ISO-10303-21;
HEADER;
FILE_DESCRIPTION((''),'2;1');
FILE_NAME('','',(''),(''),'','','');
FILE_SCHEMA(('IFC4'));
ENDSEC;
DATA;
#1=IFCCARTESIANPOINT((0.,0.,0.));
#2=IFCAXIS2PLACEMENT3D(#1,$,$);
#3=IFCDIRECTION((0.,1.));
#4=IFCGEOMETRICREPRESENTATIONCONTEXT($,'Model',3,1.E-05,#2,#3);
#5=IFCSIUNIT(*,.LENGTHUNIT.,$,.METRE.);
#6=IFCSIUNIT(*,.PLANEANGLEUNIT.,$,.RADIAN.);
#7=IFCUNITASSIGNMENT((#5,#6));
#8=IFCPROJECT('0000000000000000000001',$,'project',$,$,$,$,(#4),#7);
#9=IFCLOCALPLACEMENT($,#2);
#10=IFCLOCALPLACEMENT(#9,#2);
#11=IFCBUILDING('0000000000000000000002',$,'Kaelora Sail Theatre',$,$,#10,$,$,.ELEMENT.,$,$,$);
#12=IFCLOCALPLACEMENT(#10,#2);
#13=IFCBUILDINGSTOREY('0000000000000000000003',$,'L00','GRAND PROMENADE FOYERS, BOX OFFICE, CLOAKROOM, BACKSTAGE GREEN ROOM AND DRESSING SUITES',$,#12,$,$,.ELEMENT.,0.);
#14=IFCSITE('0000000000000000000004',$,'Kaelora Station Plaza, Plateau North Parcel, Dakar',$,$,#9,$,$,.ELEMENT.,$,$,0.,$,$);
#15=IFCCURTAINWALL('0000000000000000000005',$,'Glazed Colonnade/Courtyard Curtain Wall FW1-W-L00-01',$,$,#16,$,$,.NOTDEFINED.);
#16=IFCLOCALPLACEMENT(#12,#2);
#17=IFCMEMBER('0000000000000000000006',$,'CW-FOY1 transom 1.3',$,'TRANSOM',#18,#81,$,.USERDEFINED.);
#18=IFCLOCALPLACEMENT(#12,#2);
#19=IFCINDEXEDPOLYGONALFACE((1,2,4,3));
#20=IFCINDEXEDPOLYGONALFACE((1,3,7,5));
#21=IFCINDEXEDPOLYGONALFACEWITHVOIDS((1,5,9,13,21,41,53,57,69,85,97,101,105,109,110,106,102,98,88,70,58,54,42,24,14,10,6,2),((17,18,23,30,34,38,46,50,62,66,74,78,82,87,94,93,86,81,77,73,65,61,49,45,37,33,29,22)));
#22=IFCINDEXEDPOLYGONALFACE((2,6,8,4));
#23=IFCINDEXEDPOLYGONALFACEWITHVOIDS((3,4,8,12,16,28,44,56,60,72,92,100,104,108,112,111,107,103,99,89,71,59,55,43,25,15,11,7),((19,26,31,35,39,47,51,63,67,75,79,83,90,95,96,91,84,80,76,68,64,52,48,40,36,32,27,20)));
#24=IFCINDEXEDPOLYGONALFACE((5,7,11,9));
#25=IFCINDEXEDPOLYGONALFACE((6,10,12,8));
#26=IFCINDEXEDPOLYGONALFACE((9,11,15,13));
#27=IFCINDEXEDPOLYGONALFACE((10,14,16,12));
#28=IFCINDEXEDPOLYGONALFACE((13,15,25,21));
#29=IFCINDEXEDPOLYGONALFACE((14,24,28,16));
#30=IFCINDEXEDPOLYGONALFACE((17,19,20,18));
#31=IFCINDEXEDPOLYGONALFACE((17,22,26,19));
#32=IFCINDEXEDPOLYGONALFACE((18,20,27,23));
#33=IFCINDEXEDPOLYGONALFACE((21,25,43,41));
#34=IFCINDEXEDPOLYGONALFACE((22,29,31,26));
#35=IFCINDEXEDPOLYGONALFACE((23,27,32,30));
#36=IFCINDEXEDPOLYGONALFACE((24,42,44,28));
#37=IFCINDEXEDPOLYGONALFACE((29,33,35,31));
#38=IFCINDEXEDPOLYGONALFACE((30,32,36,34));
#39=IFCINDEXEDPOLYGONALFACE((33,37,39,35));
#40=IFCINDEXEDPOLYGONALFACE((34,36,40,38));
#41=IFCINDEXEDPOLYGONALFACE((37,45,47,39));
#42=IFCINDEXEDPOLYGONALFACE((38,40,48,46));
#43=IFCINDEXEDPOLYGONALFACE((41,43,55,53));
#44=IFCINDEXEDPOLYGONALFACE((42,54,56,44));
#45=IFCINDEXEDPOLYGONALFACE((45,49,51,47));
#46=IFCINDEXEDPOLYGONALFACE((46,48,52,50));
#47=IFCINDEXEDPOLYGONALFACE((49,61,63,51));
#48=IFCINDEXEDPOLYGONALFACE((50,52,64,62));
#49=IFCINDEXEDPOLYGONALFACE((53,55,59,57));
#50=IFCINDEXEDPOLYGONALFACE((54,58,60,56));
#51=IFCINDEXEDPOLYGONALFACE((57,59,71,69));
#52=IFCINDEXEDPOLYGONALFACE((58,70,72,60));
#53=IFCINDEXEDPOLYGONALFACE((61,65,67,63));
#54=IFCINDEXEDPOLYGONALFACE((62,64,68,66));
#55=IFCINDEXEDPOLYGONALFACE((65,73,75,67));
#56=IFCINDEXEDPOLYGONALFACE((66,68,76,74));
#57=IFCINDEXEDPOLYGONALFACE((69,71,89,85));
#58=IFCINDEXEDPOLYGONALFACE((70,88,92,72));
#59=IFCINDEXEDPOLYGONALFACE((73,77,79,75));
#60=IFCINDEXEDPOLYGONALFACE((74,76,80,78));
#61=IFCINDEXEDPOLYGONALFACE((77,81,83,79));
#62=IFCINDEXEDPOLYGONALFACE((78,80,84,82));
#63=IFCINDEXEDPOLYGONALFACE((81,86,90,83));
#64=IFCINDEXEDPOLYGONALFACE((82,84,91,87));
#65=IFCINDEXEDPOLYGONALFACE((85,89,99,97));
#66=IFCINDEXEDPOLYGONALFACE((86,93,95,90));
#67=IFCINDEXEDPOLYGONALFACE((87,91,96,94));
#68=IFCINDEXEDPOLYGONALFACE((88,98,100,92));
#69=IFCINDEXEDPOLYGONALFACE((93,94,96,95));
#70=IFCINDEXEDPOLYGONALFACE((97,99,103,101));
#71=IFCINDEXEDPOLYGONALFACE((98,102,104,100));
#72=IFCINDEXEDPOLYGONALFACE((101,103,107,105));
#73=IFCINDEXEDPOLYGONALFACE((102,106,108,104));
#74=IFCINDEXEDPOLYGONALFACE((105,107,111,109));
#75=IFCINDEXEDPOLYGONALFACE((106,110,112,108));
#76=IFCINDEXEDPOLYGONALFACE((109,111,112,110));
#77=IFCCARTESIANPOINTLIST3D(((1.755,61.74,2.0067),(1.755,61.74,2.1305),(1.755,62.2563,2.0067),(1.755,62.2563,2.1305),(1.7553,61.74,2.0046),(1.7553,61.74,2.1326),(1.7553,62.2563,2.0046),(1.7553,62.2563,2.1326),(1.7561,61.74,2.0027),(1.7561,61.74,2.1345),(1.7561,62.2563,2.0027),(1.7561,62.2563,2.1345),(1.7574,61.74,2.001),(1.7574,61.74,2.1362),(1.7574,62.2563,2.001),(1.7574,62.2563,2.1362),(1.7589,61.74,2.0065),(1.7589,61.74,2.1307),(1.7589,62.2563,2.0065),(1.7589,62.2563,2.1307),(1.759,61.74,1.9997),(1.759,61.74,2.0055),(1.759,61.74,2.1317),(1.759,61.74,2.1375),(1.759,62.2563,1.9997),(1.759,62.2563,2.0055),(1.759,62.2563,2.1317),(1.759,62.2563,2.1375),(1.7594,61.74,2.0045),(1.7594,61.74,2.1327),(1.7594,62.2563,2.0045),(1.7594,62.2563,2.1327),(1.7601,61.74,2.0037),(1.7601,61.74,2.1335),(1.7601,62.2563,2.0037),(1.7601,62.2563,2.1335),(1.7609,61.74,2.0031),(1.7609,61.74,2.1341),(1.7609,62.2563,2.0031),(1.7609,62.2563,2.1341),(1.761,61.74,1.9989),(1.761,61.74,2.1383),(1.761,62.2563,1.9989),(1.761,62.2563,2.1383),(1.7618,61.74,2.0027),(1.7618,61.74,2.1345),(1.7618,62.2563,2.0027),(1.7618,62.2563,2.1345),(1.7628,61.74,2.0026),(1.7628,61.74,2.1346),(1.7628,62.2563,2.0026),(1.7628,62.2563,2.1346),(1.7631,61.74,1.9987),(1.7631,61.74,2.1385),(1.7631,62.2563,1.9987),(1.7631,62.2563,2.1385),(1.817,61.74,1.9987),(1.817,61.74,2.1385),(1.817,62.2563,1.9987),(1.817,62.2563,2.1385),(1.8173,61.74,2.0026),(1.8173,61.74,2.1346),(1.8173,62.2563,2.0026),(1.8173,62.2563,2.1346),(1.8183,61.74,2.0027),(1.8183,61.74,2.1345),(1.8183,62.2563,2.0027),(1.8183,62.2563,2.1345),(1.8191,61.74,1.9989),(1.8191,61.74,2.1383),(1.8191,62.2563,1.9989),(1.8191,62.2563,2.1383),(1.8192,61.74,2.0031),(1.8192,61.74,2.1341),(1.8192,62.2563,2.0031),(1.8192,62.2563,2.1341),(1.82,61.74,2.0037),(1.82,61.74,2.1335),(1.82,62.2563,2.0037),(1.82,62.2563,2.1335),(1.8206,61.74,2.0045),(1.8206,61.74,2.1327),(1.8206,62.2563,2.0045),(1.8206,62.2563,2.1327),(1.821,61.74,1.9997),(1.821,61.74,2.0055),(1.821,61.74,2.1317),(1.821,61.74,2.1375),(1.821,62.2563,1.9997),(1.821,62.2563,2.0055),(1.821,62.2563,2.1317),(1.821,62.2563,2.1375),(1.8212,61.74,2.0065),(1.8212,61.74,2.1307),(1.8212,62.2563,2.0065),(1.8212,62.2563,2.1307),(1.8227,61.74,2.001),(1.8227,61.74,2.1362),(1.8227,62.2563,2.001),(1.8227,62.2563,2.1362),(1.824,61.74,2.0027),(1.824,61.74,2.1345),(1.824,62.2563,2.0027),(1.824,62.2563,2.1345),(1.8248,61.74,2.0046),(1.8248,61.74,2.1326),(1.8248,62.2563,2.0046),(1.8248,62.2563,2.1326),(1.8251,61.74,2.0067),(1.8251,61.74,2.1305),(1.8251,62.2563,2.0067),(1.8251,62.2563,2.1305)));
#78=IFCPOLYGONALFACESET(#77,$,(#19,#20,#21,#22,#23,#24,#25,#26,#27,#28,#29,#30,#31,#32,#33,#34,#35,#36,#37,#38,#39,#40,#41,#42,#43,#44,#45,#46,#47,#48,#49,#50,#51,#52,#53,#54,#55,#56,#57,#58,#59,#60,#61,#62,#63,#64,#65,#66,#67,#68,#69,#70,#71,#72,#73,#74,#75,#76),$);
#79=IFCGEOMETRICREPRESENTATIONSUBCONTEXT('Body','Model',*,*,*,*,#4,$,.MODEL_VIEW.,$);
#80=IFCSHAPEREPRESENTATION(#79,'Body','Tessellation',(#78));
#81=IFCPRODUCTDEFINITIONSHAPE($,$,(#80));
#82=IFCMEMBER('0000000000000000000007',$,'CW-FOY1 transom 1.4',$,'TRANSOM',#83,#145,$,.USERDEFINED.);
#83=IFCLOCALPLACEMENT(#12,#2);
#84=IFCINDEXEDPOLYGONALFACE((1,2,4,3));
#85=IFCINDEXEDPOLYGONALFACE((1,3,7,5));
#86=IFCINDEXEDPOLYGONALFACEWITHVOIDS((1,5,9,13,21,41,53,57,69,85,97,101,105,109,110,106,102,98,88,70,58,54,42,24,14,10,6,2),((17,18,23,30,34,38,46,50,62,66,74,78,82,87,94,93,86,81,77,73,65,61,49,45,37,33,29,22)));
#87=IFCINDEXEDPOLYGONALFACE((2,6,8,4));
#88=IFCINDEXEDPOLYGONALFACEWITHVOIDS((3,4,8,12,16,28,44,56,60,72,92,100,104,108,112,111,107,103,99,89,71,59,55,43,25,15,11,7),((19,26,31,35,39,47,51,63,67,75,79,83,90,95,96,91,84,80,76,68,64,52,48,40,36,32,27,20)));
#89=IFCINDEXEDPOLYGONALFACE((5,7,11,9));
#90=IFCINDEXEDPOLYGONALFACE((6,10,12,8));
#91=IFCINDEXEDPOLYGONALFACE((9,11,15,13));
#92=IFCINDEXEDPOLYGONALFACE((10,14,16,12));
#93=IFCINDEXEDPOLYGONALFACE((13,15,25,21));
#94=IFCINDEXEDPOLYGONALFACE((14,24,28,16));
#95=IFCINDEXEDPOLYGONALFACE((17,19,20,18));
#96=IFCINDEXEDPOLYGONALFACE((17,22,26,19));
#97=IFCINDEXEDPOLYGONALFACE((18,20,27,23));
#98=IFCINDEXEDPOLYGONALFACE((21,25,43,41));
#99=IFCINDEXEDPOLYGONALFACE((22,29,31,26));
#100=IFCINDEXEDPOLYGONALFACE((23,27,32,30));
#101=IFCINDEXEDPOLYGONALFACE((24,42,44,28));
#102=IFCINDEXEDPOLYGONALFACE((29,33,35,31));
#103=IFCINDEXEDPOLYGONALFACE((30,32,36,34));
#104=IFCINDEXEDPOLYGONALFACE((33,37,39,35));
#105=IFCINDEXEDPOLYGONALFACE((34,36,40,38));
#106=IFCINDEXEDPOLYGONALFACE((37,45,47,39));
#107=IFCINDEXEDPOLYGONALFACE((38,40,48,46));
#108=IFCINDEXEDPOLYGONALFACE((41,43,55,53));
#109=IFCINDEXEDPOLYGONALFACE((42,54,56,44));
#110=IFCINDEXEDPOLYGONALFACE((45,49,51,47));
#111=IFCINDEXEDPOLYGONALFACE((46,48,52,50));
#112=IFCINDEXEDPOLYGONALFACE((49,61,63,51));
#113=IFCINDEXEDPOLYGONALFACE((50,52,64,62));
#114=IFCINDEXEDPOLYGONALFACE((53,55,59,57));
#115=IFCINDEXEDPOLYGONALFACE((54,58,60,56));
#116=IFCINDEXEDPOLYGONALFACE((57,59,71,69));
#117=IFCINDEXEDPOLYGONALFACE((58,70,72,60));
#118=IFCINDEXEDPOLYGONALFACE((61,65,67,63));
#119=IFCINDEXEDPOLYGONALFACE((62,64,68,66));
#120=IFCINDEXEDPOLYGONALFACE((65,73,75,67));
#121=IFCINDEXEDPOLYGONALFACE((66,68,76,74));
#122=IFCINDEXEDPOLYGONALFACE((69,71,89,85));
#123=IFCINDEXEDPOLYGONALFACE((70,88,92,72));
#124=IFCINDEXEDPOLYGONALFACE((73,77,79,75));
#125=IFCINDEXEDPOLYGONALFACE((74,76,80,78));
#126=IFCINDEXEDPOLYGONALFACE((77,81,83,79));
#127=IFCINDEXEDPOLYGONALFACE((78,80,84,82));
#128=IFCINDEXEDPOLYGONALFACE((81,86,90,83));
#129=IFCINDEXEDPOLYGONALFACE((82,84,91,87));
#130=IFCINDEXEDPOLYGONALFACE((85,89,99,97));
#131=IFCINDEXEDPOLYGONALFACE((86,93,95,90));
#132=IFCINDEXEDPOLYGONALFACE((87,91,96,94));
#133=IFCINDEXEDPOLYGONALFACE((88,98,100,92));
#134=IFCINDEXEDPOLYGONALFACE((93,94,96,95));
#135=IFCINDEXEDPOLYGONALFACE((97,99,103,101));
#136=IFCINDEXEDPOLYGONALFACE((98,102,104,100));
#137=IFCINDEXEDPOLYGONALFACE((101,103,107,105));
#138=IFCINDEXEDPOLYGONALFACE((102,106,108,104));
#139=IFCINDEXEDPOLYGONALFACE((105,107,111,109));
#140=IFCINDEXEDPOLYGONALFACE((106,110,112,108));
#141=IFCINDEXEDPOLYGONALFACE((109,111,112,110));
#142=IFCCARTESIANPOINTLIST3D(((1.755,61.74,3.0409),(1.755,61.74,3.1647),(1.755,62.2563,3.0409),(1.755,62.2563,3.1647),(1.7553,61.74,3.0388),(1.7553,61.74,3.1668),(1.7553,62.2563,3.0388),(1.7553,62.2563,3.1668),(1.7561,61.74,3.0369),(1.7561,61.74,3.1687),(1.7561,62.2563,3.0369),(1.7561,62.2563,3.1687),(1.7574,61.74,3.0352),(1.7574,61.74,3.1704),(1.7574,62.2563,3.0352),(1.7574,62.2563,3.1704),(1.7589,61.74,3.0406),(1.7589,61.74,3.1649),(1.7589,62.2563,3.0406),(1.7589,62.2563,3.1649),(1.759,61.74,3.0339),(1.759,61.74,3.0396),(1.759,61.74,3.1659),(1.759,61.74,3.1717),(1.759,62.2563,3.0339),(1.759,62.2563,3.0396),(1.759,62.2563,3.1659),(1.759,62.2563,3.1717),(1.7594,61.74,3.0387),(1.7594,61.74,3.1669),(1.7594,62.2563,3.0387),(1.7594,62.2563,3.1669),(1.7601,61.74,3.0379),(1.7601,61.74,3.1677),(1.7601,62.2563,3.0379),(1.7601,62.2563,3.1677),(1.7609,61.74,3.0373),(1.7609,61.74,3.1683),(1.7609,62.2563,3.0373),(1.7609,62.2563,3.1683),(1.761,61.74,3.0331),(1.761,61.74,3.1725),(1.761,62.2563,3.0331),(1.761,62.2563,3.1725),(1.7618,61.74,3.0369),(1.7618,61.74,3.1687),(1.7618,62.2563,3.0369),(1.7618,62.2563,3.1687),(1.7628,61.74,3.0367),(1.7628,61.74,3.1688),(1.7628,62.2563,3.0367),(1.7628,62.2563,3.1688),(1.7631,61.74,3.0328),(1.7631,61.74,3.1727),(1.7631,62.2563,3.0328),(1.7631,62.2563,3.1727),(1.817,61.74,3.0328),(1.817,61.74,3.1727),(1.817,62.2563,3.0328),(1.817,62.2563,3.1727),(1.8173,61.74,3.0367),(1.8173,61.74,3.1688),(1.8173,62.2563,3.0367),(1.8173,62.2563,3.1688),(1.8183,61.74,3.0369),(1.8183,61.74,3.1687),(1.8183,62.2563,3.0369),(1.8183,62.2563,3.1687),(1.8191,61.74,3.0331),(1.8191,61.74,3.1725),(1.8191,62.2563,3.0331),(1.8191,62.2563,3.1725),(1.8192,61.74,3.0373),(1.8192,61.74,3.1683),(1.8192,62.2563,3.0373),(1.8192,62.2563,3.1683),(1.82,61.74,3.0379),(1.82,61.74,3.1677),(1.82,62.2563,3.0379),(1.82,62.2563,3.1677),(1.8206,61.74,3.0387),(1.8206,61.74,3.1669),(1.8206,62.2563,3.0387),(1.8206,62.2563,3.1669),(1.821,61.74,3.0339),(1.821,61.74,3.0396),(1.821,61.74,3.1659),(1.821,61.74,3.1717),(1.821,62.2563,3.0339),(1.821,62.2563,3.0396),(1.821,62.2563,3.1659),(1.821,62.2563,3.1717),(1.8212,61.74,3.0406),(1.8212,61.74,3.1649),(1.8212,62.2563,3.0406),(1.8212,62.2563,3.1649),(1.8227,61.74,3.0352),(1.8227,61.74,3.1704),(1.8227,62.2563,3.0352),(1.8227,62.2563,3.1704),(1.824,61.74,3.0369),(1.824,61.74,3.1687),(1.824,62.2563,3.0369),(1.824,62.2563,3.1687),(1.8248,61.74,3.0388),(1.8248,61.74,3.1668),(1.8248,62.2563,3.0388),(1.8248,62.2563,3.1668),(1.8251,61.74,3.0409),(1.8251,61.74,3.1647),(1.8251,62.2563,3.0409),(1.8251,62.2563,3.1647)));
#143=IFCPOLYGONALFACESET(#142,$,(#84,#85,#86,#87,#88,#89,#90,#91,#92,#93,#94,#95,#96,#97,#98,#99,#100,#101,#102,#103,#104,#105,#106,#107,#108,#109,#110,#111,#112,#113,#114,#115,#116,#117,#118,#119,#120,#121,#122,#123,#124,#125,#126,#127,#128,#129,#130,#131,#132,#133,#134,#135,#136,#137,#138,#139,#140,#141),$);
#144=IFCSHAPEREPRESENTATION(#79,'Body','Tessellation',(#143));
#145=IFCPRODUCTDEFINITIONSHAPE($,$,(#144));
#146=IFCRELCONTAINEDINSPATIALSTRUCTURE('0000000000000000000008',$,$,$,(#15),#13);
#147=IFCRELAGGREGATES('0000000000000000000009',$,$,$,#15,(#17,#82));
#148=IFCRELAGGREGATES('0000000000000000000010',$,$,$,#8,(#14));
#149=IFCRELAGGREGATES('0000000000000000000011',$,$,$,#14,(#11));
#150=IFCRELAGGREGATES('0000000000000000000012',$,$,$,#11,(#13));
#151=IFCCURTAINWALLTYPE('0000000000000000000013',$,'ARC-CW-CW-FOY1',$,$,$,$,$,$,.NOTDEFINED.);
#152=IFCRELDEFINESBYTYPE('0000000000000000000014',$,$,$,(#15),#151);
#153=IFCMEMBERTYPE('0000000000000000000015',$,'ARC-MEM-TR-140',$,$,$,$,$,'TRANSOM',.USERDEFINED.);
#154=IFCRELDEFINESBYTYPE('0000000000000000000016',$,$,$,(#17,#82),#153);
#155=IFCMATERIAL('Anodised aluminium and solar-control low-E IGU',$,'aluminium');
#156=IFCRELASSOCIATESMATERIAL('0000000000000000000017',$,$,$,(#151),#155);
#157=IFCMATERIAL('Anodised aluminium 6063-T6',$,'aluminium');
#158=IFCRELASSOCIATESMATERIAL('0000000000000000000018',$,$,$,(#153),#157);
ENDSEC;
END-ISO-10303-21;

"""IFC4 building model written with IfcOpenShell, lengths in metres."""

from ifc_helpers import new_model, si_unit, direction, frame, origin, origin_2d, place, context, subcontext, project, spatial, hollow_rectangle, extrude, material, material_profile, profile_set, type_object, element, aggregate, save


model = new_model("IFC4")

# Units and contexts
model_context = context("Model", 3, precision=1e-05, world=origin(), true_north=direction((0.0, 1.0)))
body_context = subcontext(model_context, "Body", "Model", "MODEL_VIEW")
ifc_project = project(units=[si_unit("LENGTHUNIT", "METRE"), si_unit("PLANEANGLEUNIT", "RADIAN")], contexts=[model_context])

# Site, building, storey
site_placement = place(None, origin())
site = spatial("IfcSite", under=ifc_project, at=site_placement, Name="Kaelora Station Plaza, Plateau North Parcel, Dakar", CompositionType="ELEMENT", RefElevation=0.0)
building_placement = place(site_placement, origin())
building = spatial("IfcBuilding", under=site, at=building_placement, Name="Kaelora Sail Theatre", CompositionType="ELEMENT")
storey_placement = place(building_placement, origin())
storey = spatial("IfcBuildingStorey", under=building, at=storey_placement, Name="L00", Description="GRAND PROMENADE FOYERS, BOX OFFICE, CLOAKROOM, BACKSTAGE GREEN ROOM AND DRESSING SUITES", CompositionType="ELEMENT", Elevation=0.0)

# Curtain wall, members
ifc_material_1 = material(Name="Anodised aluminium and solar-control low-E IGU", Category="aluminium")
curtain_wall_type = type_object("IfcCurtainWallType", Name="ARC-CW-CW-FOY1", PredefinedType="NOTDEFINED", material=ifc_material_1)
curtain_wall_1_placement = place(storey_placement, origin())
curtain_wall_1 = element("IfcCurtainWall", 1, at=curtain_wall_1_placement, inside=storey, type_object=curtain_wall_type, Name="Glazed Colonnade/Courtyard Curtain Wall FW1-W-L00-01", PredefinedType="NOTDEFINED")
ifc_material_2 = material(Name="Anodised aluminium 6063-T6", Category="aluminium")
ifc_material_profile = material_profile(ifc_material_2, hollow_rectangle(XDim=0.0701, YDim=0.1399, WallThickness=0.0039, InnerFilletRadius=0.0039, OuterFilletRadius=0.0081, at=origin_2d()), Name="ALU-TRAN 70x140x4")
ifc_profile_set = profile_set([ifc_material_profile], Name="Anodised aluminium 6063-T6")
member_type = type_object("IfcMemberType", Name="ARC-MEM-TR-140", ElementType="TRANSOM", PredefinedType="USERDEFINED", material=ifc_profile_set)
member_1_placement = place(storey_placement, frame((1.79, 61.74, 2.0686), z_axis=(0.0, 1.0, 0.0), x_axis=(-1.0, 0.0, 0.0)))
member_1 = element("IfcMember", 2, at=member_1_placement, type_object=member_type, Name="CW-FOY1 transom 1.3", ObjectType="TRANSOM", PredefinedType="USERDEFINED", context=body_context, shape_type="SweptSolid", body=[
    extrude(hollow_rectangle(XDim=0.0701, YDim=0.1399, WallThickness=0.0039, InnerFilletRadius=0.0039, OuterFilletRadius=0.0081, at=origin_2d()), origin(), (0.0, 0.0, 1.0), 0.5164),
])
member_2_placement = place(storey_placement, frame((1.79, 61.74, 3.1028), z_axis=(0.0, 1.0, 0.0), x_axis=(-1.0, 0.0, 0.0)))
member_2 = element("IfcMember", 3, at=member_2_placement, type_object=member_type, Name="CW-FOY1 transom 1.4", ObjectType="TRANSOM", PredefinedType="USERDEFINED", context=body_context, shape_type="SweptSolid", body=[
    extrude(hollow_rectangle(XDim=0.0701, YDim=0.1399, WallThickness=0.0039, InnerFilletRadius=0.0039, OuterFilletRadius=0.0081, at=origin_2d()), origin(), (0.0, 0.0, 1.0), 0.5164),
])

aggregate(curtain_wall_1, [member_1, member_2])

save(model, "model.ifc")
